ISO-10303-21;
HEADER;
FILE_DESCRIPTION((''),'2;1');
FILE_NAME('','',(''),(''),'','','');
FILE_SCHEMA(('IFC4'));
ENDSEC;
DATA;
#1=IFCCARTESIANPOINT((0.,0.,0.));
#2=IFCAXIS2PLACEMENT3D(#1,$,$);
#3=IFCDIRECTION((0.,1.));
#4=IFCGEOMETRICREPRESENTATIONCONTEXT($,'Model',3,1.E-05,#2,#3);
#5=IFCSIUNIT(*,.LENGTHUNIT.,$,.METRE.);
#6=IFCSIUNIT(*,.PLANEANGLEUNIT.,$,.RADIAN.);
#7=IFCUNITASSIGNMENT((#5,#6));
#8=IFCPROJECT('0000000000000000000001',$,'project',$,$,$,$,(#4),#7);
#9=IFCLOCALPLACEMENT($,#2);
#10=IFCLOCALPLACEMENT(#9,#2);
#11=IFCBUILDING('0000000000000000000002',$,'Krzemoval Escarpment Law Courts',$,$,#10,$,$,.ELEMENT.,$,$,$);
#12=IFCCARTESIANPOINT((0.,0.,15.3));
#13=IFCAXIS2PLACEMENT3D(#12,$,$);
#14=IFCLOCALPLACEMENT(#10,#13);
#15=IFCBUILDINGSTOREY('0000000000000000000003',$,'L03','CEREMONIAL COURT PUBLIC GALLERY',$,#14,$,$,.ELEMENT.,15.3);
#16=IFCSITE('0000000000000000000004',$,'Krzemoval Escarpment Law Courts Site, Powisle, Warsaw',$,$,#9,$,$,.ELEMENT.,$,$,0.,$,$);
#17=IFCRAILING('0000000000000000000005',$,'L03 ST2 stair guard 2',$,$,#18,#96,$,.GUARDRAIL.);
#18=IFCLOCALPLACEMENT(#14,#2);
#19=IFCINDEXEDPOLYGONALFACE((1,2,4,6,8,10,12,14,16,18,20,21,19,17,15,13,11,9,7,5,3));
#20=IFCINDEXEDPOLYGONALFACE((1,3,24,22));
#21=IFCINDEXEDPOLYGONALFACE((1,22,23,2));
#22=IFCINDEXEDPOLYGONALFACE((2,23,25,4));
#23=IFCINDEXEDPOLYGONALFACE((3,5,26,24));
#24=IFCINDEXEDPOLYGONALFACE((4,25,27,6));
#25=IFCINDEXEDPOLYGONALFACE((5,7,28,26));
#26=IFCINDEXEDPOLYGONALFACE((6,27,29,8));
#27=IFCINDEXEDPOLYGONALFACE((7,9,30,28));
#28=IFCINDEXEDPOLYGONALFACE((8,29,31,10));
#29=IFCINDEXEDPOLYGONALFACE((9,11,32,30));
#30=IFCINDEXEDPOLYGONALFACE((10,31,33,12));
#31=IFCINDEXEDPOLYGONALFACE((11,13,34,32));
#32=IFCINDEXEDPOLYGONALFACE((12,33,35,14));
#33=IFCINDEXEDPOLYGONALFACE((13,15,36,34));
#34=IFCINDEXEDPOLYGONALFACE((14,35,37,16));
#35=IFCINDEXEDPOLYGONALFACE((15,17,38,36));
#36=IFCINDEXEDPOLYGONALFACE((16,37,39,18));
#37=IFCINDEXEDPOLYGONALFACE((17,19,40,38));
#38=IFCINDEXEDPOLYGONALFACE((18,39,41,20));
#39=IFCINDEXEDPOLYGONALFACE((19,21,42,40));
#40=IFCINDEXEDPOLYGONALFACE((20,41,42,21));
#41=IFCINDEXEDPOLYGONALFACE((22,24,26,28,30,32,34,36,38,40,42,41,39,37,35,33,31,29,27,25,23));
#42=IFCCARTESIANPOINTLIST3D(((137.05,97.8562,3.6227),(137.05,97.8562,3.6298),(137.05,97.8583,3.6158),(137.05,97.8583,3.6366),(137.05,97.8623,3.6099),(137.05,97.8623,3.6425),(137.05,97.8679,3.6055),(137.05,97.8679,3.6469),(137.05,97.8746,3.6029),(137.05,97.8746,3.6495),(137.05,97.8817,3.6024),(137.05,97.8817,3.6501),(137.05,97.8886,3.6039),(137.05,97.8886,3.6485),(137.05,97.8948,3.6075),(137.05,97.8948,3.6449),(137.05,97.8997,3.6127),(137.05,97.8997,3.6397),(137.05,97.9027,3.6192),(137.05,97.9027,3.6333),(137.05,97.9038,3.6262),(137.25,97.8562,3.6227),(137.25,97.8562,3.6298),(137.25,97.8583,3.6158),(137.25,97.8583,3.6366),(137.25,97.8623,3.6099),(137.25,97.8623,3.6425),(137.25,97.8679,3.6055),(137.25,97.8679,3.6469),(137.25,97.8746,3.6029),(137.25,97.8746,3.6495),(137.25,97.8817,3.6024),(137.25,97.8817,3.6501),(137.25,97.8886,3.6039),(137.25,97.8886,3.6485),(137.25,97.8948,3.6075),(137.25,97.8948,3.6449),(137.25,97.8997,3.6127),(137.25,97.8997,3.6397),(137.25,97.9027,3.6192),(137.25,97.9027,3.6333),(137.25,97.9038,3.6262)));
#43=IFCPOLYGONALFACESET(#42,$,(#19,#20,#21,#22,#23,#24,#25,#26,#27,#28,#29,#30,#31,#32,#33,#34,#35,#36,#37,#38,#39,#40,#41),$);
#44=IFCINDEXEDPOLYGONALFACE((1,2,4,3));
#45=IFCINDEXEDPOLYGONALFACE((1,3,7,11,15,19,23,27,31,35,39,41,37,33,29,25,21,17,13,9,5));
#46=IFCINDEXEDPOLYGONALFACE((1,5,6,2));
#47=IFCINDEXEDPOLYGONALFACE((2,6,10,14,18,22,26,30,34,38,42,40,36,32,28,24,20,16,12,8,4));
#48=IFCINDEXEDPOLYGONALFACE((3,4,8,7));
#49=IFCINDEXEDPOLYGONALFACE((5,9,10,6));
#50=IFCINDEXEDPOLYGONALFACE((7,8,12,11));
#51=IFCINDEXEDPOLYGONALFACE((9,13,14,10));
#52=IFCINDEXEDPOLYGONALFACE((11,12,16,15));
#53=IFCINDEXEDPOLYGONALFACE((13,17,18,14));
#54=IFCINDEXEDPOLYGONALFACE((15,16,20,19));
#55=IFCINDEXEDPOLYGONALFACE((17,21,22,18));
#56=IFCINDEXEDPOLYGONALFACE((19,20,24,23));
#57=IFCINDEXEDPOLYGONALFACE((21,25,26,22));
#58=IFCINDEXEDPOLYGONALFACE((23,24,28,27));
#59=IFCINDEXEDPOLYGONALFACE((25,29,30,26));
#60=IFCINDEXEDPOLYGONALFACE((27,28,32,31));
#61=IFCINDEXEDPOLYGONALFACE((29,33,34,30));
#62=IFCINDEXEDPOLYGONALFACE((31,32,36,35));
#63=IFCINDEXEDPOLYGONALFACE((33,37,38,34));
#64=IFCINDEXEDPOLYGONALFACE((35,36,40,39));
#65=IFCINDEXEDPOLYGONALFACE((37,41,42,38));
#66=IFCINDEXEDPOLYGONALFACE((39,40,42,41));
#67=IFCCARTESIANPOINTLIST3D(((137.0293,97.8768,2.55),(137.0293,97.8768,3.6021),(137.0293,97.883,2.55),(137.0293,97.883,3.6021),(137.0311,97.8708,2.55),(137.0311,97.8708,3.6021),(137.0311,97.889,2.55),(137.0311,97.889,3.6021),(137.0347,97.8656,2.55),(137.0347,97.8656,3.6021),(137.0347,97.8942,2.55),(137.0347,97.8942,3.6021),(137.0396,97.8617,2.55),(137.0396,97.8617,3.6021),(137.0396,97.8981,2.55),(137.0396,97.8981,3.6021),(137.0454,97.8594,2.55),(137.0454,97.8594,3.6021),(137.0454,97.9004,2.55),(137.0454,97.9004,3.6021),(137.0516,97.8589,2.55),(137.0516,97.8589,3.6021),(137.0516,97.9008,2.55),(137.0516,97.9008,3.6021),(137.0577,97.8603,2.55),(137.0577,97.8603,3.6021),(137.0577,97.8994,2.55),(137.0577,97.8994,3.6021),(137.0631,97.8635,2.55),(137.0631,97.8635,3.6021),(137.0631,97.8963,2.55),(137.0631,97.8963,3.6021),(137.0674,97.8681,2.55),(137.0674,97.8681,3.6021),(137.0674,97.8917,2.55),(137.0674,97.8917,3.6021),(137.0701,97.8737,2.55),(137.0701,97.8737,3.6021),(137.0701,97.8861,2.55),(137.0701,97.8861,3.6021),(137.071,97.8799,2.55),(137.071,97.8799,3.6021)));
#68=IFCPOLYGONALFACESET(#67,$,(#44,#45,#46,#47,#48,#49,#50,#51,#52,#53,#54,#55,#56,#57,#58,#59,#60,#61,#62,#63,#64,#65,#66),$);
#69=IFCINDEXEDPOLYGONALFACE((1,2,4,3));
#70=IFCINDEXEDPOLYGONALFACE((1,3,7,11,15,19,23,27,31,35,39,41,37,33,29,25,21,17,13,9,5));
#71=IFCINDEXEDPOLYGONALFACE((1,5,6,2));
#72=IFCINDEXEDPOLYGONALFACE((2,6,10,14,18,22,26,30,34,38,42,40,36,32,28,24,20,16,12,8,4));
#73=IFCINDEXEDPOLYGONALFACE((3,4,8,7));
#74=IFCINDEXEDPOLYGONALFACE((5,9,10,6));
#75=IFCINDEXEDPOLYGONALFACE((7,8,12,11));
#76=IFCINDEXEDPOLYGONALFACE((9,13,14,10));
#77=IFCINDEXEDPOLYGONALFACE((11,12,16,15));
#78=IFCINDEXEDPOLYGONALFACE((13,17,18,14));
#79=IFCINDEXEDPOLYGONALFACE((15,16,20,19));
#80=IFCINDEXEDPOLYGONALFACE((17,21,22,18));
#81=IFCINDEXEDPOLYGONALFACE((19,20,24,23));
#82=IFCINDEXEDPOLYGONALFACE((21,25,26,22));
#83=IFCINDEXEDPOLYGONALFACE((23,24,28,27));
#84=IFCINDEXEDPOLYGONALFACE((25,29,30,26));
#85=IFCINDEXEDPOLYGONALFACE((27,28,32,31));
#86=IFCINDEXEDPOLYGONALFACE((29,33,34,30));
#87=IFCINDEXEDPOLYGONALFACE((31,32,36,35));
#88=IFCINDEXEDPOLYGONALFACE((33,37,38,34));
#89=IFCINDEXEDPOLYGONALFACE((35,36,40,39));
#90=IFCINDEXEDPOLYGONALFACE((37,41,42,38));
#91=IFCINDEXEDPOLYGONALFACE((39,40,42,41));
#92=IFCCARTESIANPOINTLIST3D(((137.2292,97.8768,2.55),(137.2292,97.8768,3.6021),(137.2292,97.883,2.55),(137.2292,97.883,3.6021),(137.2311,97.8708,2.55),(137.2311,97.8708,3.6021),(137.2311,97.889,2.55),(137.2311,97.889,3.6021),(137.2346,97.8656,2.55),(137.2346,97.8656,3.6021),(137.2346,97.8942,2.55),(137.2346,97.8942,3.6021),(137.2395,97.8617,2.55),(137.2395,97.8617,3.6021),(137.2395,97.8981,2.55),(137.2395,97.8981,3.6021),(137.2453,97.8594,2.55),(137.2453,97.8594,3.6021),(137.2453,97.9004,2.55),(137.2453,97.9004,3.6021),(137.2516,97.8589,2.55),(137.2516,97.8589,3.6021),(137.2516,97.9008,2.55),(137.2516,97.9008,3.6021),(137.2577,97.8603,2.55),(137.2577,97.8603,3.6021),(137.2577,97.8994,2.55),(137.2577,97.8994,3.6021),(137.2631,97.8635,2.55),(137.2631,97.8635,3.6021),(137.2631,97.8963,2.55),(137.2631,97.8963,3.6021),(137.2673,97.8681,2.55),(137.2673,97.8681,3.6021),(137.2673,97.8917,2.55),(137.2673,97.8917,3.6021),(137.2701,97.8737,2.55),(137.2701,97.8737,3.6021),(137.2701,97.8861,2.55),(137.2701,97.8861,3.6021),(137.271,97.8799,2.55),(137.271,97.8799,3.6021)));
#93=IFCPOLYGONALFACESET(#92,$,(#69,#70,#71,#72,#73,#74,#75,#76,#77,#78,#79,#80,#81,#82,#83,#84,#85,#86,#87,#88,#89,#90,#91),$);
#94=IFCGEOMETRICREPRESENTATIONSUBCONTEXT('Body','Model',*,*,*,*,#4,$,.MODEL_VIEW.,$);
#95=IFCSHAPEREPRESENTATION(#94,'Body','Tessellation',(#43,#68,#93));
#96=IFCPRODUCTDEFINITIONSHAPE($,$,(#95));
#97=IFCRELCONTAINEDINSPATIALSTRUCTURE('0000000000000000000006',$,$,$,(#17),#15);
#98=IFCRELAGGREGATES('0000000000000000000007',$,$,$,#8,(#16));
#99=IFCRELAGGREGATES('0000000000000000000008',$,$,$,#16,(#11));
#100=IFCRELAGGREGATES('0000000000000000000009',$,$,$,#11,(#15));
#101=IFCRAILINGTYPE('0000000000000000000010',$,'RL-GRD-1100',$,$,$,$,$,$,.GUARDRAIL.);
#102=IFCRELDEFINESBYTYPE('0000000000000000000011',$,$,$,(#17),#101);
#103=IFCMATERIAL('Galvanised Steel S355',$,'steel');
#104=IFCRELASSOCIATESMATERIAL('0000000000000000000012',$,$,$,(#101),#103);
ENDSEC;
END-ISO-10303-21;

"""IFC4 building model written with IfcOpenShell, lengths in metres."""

from ifc_helpers import new_model, si_unit, direction, frame, origin, origin_2d, place, context, subcontext, project, spatial, circle, extrude, material, type_object, element, save


model = new_model("IFC4")

# Units and contexts
model_context = context("Model", 3, precision=1e-05, world=origin(), true_north=direction((0.0, 1.0)))
body_context = subcontext(model_context, "Body", "Model", "MODEL_VIEW")
ifc_project = project(units=[si_unit("LENGTHUNIT", "METRE"), si_unit("PLANEANGLEUNIT", "RADIAN")], contexts=[model_context])

# Site, building, storey
site_placement = place(None, origin())
site = spatial("IfcSite", under=ifc_project, at=site_placement, Name="Krzemoval Escarpment Law Courts Site, Powisle, Warsaw", CompositionType="ELEMENT", RefElevation=0.0)
building_placement = place(site_placement, origin())
building = spatial("IfcBuilding", under=site, at=building_placement, Name="Krzemoval Escarpment Law Courts", CompositionType="ELEMENT")
storey_placement = place(building_placement, frame((0.0, 0.0, 15.3)))
storey = spatial("IfcBuildingStorey", under=building, at=storey_placement, Name="L03", Description="CEREMONIAL COURT PUBLIC GALLERY", CompositionType="ELEMENT", Elevation=15.3)

# Railing
ifc_material_1 = material(Name="Galvanised Steel S355", Category="steel")
railing_type_1 = type_object("IfcRailingType", Name="RL-GRD-1100", PredefinedType="GUARDRAIL", material=ifc_material_1)
railing_1_placement = place(storey_placement, frame((137.05, 97.8799, 2.55)))
element("IfcRailing", 1, at=railing_1_placement, inside=storey, type_object=railing_type_1, Name="L03 ST2 stair guard 2", PredefinedType="GUARDRAIL", context=body_context, shape_type="SweptSolid", body=[
    extrude(circle(Radius=0.0239, at=origin_2d()), frame((0.0, 0.0, 1.0762), z_axis=(1.0, 0.0, 0.0), x_axis=(0.0, 1.0, 0.0)), (0.0, 0.0, 1.0), 0.2),
    extrude(circle(Radius=0.021, at=origin_2d()), origin(), (0.0, 0.0, 1.0), 1.052),
    extrude(circle(Radius=0.021, at=origin_2d()), frame((0.2, 0.0, 0.0)), (0.0, 0.0, 1.0), 1.052),
])

save(model, "model.ifc")
